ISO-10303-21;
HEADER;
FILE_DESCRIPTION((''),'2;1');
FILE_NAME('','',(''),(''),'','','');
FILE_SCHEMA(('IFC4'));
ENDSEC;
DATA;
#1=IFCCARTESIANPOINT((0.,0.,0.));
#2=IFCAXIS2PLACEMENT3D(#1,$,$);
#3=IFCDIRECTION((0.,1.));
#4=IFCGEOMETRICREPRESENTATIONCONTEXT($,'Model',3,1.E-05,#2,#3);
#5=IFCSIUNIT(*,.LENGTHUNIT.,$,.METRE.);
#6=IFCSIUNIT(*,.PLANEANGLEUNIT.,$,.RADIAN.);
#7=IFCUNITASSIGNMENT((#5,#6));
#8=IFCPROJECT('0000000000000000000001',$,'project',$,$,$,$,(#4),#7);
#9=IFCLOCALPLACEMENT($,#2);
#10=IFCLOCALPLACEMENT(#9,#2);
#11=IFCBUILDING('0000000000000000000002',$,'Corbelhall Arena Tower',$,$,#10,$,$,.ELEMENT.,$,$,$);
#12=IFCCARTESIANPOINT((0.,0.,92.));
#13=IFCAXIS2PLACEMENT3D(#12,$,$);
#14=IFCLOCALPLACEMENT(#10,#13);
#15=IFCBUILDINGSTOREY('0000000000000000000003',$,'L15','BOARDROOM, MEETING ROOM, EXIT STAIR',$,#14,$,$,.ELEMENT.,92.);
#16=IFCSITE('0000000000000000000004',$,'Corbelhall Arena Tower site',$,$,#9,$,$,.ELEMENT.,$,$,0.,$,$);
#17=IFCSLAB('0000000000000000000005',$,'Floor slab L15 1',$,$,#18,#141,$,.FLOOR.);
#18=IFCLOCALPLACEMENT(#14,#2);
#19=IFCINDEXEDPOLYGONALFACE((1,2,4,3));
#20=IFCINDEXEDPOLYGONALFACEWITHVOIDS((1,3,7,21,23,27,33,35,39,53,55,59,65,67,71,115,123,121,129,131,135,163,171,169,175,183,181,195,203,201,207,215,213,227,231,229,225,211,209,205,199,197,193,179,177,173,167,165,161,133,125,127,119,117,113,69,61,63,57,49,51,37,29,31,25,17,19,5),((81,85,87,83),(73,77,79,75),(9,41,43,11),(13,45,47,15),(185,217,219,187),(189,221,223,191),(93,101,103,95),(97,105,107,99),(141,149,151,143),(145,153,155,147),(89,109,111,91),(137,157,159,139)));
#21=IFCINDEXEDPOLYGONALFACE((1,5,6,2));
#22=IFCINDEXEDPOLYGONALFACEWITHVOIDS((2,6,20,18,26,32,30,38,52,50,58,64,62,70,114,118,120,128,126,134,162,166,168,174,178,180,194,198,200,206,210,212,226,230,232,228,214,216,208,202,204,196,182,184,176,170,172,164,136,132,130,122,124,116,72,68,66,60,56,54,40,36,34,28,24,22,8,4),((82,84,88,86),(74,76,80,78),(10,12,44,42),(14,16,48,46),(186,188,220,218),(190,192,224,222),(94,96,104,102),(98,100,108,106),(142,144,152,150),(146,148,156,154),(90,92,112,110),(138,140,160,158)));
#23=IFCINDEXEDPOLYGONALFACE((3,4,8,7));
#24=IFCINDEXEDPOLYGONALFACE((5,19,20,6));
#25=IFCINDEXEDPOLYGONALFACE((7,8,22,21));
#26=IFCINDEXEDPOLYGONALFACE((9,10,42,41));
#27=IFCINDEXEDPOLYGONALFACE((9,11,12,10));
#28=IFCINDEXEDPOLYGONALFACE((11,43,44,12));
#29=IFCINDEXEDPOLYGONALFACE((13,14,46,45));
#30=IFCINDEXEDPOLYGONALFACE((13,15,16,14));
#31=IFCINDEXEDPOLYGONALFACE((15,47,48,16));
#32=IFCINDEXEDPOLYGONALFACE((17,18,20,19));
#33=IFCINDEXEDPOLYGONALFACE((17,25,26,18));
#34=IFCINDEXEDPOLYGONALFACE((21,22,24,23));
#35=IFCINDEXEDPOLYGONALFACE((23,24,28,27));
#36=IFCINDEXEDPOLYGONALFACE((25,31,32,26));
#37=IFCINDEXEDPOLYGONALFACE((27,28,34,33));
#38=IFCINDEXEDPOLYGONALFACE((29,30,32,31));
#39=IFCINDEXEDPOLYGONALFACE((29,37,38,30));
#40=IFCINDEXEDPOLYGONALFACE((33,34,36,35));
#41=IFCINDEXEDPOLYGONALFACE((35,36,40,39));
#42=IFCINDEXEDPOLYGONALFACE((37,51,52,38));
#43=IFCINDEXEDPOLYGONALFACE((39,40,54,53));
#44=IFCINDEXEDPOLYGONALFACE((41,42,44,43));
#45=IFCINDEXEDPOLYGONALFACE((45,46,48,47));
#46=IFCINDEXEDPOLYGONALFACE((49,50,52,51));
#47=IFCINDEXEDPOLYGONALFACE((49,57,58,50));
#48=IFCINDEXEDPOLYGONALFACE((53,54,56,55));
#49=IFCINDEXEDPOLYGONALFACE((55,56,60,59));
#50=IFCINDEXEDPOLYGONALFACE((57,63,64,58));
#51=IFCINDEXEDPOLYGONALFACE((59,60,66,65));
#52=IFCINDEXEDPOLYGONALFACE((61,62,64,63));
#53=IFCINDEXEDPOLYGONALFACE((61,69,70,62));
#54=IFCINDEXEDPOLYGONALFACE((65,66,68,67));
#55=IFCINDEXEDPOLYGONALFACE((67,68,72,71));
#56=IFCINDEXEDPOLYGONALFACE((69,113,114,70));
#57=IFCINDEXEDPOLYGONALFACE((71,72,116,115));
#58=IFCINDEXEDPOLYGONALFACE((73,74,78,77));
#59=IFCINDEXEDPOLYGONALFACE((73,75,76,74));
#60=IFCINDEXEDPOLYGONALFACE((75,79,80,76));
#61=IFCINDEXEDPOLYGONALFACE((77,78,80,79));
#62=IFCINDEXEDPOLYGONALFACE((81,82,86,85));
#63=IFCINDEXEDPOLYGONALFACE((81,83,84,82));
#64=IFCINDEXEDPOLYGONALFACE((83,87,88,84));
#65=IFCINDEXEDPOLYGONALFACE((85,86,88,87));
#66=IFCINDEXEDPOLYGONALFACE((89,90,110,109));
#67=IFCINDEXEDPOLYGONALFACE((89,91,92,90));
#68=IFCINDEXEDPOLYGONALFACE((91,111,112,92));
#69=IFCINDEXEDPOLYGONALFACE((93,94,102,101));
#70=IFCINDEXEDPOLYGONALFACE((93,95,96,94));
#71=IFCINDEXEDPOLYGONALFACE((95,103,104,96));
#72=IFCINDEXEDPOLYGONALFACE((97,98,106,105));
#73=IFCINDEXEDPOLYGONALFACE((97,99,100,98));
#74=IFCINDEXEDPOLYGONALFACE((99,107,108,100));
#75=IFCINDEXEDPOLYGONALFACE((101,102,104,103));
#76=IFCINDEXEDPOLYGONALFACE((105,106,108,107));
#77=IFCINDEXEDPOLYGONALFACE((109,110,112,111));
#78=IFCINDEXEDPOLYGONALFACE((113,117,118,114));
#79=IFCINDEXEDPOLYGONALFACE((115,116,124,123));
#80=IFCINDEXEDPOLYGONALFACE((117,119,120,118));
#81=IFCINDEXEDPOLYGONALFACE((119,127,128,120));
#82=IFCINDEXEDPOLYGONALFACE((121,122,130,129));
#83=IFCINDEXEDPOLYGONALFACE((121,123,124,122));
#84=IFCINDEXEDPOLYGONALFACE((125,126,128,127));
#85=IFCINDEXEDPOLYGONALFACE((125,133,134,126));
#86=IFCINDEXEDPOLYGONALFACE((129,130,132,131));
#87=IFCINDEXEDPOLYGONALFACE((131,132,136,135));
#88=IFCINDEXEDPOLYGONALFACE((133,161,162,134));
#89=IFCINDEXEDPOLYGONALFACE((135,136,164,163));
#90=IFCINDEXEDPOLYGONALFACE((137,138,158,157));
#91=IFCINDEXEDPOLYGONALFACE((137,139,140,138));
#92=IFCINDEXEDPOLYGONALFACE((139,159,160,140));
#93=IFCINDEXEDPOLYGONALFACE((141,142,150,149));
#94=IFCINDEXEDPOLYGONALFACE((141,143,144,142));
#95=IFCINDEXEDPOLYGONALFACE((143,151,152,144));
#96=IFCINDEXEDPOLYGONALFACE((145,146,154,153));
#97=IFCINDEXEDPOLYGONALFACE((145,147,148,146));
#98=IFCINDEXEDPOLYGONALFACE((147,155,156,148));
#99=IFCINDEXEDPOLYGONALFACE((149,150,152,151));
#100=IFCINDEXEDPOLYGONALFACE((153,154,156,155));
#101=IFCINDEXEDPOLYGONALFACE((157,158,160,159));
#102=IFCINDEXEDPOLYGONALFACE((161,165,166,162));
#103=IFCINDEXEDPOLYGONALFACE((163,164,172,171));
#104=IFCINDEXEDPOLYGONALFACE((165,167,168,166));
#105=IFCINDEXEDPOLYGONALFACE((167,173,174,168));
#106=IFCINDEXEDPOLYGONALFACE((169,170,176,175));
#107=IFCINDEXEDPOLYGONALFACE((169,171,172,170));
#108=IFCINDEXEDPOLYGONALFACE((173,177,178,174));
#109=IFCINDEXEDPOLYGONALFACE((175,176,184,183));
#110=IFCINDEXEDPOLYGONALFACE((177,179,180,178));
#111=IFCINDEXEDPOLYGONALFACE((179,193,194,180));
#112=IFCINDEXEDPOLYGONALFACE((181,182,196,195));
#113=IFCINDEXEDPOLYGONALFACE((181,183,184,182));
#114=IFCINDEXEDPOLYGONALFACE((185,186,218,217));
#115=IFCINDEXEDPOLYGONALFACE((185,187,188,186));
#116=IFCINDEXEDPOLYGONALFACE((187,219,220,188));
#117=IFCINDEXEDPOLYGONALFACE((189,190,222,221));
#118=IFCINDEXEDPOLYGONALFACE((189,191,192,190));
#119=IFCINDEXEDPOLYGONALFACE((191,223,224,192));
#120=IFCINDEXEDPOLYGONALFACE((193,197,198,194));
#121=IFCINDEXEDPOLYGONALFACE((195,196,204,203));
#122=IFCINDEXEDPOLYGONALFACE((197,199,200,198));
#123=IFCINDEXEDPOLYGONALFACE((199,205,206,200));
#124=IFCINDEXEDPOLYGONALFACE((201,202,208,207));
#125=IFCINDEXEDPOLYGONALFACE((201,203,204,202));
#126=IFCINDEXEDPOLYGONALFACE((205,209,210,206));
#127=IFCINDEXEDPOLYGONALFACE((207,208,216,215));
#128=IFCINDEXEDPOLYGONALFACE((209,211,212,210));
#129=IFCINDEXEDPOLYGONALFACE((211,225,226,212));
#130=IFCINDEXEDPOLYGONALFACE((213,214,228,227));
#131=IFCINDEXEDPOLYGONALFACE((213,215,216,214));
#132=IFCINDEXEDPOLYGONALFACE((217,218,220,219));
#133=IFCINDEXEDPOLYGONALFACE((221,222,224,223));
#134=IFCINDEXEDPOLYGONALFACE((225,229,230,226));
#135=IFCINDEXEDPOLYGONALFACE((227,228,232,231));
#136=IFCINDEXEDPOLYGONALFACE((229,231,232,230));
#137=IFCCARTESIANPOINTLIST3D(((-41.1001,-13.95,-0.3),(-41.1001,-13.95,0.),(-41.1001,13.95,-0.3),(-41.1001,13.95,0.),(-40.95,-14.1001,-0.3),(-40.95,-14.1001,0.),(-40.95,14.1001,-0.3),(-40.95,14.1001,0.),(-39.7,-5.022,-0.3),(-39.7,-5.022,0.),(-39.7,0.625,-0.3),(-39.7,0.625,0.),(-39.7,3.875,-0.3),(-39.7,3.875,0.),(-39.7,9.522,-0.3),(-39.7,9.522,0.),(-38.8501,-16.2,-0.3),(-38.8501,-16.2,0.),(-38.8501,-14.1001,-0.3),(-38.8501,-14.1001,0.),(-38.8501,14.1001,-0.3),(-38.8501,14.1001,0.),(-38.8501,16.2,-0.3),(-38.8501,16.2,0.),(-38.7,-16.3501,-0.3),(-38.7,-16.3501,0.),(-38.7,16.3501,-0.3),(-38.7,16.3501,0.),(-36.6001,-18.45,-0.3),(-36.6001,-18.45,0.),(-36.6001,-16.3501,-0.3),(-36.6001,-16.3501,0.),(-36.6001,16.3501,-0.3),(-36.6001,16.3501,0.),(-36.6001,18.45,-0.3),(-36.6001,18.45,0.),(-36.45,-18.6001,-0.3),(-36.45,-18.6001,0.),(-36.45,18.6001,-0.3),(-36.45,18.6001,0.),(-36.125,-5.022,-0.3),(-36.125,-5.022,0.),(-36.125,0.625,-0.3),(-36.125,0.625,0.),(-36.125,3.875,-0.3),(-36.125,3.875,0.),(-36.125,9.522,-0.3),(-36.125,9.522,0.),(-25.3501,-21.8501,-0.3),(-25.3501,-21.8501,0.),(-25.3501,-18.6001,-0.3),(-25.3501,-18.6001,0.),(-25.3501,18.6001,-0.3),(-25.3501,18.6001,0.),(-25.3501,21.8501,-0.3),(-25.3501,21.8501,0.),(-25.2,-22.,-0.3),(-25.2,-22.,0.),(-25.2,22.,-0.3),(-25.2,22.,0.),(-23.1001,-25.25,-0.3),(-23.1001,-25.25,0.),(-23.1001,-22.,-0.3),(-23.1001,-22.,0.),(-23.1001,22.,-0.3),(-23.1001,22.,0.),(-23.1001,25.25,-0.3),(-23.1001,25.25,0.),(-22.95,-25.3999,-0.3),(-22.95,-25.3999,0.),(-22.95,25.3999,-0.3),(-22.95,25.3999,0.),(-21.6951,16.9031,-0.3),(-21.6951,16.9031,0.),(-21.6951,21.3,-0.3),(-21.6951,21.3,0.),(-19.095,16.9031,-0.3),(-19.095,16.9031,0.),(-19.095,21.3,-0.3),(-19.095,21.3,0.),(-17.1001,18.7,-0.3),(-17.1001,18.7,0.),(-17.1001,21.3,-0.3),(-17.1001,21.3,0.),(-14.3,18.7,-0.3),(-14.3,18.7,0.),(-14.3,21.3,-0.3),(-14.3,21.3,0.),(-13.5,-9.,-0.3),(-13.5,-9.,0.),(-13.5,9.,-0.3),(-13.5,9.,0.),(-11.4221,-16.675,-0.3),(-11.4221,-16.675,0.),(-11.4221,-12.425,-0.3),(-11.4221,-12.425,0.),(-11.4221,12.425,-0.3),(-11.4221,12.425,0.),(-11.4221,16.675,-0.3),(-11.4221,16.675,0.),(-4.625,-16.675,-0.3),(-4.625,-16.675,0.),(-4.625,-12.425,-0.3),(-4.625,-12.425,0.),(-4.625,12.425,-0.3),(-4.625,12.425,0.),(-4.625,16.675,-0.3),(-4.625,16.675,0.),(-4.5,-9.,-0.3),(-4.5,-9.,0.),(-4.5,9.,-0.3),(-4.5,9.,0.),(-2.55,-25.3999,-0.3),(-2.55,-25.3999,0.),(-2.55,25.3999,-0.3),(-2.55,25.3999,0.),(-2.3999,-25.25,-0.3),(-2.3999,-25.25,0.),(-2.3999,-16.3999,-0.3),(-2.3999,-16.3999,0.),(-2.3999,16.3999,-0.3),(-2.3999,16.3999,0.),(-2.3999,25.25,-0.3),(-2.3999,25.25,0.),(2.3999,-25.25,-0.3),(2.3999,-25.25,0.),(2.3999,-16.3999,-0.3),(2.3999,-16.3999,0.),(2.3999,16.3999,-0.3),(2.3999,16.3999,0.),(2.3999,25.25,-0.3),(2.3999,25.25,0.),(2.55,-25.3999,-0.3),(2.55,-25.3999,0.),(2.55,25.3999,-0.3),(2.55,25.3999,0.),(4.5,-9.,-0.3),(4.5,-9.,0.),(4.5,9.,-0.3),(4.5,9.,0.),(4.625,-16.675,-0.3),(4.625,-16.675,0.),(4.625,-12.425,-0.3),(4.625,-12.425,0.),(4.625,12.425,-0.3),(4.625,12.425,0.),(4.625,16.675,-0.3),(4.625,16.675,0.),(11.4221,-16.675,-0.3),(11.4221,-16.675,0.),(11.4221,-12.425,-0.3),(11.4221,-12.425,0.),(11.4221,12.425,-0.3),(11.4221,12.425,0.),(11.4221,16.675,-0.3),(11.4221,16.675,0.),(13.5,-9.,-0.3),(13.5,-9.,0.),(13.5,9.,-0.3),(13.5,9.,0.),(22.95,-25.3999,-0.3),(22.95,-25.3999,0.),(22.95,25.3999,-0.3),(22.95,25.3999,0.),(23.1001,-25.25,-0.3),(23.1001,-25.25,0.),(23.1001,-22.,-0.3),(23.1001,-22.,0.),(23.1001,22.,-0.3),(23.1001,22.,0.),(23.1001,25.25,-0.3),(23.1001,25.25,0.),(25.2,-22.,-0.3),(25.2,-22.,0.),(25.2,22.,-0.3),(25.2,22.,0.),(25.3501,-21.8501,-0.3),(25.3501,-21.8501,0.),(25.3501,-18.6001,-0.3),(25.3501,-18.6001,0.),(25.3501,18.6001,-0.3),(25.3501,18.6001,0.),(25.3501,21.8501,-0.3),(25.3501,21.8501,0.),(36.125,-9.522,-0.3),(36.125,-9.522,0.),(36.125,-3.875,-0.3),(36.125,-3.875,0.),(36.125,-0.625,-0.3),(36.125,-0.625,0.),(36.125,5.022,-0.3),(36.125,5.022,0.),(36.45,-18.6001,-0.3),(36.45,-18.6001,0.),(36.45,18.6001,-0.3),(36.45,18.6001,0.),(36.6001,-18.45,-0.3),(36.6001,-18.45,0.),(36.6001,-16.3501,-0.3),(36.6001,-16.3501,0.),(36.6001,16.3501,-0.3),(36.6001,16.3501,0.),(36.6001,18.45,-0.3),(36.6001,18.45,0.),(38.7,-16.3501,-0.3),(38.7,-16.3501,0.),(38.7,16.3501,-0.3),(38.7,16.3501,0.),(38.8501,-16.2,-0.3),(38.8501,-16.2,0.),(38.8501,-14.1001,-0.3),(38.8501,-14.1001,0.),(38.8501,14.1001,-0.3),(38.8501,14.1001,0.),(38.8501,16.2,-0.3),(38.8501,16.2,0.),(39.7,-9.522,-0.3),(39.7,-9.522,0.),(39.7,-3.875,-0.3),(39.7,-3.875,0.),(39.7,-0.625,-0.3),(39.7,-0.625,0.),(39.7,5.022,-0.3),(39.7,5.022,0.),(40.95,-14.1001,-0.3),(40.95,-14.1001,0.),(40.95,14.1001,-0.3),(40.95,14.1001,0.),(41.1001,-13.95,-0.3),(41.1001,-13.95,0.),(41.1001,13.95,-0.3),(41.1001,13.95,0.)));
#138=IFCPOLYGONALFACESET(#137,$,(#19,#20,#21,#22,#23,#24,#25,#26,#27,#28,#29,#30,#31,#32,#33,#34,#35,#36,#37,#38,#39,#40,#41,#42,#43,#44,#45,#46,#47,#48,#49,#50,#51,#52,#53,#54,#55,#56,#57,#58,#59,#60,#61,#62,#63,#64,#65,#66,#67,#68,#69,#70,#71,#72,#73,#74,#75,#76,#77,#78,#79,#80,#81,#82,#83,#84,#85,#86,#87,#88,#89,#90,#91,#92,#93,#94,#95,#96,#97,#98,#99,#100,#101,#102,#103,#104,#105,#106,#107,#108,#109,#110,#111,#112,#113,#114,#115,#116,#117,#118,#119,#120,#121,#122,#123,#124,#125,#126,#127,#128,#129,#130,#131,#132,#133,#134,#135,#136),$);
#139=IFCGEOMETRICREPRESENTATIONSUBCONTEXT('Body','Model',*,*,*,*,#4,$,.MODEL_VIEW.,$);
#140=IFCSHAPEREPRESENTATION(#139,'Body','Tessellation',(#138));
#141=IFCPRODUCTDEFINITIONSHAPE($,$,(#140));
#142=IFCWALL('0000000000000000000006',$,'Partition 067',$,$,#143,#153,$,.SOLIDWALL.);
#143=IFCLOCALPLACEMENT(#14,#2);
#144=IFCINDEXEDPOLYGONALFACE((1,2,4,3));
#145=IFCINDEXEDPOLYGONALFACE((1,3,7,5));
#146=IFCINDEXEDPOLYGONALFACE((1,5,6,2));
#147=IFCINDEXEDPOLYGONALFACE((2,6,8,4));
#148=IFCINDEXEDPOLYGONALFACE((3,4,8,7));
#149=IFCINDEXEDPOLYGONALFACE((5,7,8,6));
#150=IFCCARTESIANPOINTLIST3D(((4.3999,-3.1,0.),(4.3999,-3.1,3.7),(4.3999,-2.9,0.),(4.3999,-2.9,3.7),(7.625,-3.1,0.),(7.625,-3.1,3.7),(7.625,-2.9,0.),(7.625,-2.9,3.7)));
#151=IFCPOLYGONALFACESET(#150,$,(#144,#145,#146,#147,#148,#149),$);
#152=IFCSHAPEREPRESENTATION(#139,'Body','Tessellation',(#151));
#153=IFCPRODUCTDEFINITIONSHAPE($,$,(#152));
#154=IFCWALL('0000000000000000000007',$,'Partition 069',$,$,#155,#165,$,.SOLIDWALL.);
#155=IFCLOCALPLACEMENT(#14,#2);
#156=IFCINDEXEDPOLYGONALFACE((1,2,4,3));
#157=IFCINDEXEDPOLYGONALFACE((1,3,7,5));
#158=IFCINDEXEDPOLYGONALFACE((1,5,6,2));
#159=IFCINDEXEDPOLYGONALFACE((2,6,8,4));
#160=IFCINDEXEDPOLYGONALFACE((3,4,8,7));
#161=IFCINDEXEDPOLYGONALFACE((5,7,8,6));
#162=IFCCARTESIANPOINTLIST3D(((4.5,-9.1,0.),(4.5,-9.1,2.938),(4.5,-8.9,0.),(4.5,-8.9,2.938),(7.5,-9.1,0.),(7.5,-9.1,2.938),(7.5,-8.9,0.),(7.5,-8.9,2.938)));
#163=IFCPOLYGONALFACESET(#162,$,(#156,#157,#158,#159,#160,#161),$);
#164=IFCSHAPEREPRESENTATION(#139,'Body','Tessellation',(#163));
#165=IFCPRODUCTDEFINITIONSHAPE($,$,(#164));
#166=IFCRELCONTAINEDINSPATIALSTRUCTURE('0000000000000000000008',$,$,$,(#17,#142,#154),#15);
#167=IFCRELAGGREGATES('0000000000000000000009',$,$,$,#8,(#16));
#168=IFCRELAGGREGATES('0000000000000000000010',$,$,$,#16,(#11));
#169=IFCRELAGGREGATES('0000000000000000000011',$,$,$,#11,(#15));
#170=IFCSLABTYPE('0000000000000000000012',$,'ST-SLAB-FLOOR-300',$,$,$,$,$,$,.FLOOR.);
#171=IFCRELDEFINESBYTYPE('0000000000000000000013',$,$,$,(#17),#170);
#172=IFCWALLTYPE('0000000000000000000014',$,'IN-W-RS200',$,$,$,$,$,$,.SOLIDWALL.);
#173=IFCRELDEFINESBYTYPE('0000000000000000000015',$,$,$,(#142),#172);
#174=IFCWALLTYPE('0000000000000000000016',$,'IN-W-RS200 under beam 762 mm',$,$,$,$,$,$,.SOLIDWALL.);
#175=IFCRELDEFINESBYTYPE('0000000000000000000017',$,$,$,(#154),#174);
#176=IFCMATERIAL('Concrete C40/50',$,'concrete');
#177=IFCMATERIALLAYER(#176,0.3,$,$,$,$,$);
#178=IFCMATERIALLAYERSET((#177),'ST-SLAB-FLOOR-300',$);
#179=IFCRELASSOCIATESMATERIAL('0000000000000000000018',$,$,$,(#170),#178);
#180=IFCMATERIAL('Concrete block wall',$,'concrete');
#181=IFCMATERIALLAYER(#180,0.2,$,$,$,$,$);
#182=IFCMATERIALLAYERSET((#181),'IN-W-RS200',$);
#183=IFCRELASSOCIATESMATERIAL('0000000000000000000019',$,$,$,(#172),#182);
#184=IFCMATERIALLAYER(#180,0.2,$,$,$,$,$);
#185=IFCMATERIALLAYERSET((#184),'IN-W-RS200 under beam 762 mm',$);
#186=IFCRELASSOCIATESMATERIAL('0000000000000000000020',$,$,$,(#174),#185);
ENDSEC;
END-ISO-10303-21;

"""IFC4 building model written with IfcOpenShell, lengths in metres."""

from ifc_helpers import new_model, si_unit, direction, frame, frame_2d, origin, place, context, subcontext, project, spatial, polyline, rectangle, outline, extrude, material, layer, layer_set, type_object, element, save


model = new_model("IFC4")

# Units and contexts
model_context = context("Model", 3, precision=1e-05, world=origin(), true_north=direction((0.0, 1.0)))
body_context = subcontext(model_context, "Body", "Model", "MODEL_VIEW")
ifc_project = project(units=[si_unit("LENGTHUNIT", "METRE"), si_unit("PLANEANGLEUNIT", "RADIAN")], contexts=[model_context])

# Site, building, storey
site_placement = place(None, origin())
site = spatial("IfcSite", under=ifc_project, at=site_placement, Name="Corbelhall Arena Tower site", CompositionType="ELEMENT", RefElevation=0.0)
building_placement = place(site_placement, origin())
building = spatial("IfcBuilding", under=site, at=building_placement, Name="Corbelhall Arena Tower", CompositionType="ELEMENT")
storey_placement = place(building_placement, frame((0.0, 0.0, 92.0)))
storey = spatial("IfcBuildingStorey", under=building, at=storey_placement, Name="L15", Description="BOARDROOM, MEETING ROOM, EXIT STAIR", CompositionType="ELEMENT", Elevation=92.0)

# Shared definitions
ifc_material_1 = material(Name="Concrete C40/50", Category="concrete")

# Slab
ifc_layer_1 = layer(ifc_material_1, 0.3)
ifc_layer_set_1 = layer_set([ifc_layer_1], Name="ST-SLAB-FLOOR-300")
slab_type_1 = type_object("IfcSlabType", Name="ST-SLAB-FLOOR-300", PredefinedType="FLOOR", material=ifc_layer_set_1)
slab_1_placement = place(storey_placement, frame((0.0, 0.0, -0.3)))
element("IfcSlab", 1, at=slab_1_placement, inside=storey, type_object=slab_type_1, Name="Floor slab L15 1", PredefinedType="FLOOR", context=body_context, shape_type="SweptSolid", body=[
    extrude(outline(polyline([(25.3501, 18.6001), (25.3501, 21.8501), (25.2, 22.0), (23.1001, 22.0), (23.1001, 25.25), (22.95, 25.3999), (2.55, 25.3999), (2.3999, 25.25), (2.3999, 16.3999), (-2.3999, 16.3999), (-2.3999, 25.25), (-2.55, 25.3999), (-22.95, 25.3999), (-23.1001, 25.25), (-23.1001, 22.0), (-25.2, 22.0), (-25.3501, 21.8501), (-25.3501, 18.6001), (-36.45, 18.6001), (-36.6001, 18.45), (-36.6001, 16.3501), (-38.7, 16.3501), (-38.8501, 16.2), (-38.8501, 14.1001), (-40.95, 14.1001), (-41.1001, 13.95), (-41.1001, -13.95), (-40.95, -14.1001), (-38.8501, -14.1001), (-38.8501, -16.2), (-38.7, -16.3501), (-36.6001, -16.3501), (-36.6001, -18.45), (-36.45, -18.6001), (-25.3501, -18.6001), (-25.3501, -21.8501), (-25.2, -22.0), (-23.1001, -22.0), (-23.1001, -25.25), (-22.95, -25.3999), (-2.55, -25.3999), (-2.3999, -25.25), (-2.3999, -16.3999), (2.3999, -16.3999), (2.3999, -25.25), (2.55, -25.3999), (22.95, -25.3999), (23.1001, -25.25), (23.1001, -22.0), (25.2, -22.0), (25.3501, -21.8501), (25.3501, -18.6001), (36.45, -18.6001), (36.6001, -18.45), (36.6001, -16.3501), (38.7, -16.3501), (38.8501, -16.2), (38.8501, -14.1001), (40.95, -14.1001), (41.1001, -13.95), (41.1001, 13.95), (40.95, 14.1001), (38.8501, 14.1001), (38.8501, 16.2), (38.7, 16.3501), (36.6001, 16.3501), (36.6001, 18.45), (36.45, 18.6001), (25.3501, 18.6001)]), holes=[polyline([(-13.5, 9.0), (-13.5, -9.0), (-4.5, -9.0), (-4.5, 9.0), (-13.5, 9.0)]), polyline([(4.5, 9.0), (4.5, -9.0), (13.5, -9.0), (13.5, 9.0), (4.5, 9.0)]), polyline([(-4.625, 16.675), (-11.4221, 16.675), (-11.4221, 12.425), (-4.625, 12.425), (-4.625, 16.675)]), polyline([(-4.625, -16.675), (-4.625, -12.425), (-11.4221, -12.425), (-11.4221, -16.675), (-4.625, -16.675)]), polyline([(11.4221, 16.675), (4.625, 16.675), (4.625, 12.425), (11.4221, 12.425), (11.4221, 16.675)]), polyline([(11.4221, -16.675), (11.4221, -12.425), (4.625, -12.425), (4.625, -16.675), (11.4221, -16.675)]), polyline([(-36.125, 3.875), (-36.125, 9.522), (-39.7, 9.522), (-39.7, 3.875), (-36.125, 3.875)]), polyline([(-36.125, 0.625), (-39.7, 0.625), (-39.7, -5.022), (-36.125, -5.022), (-36.125, 0.625)]), polyline([(39.7, -9.522), (39.7, -3.875), (36.125, -3.875), (36.125, -9.522), (39.7, -9.522)]), polyline([(39.7, 5.022), (36.125, 5.022), (36.125, -0.625), (39.7, -0.625), (39.7, 5.022)]), polyline([(-21.6951, 21.3), (-21.6951, 16.9031), (-19.095, 16.9031), (-19.095, 21.3), (-21.6951, 21.3)]), polyline([(-14.3, 21.3), (-17.1001, 21.3), (-17.1001, 18.7), (-14.3, 18.7), (-14.3, 21.3)])]), origin(), (0.0, 0.0, 1.0), 0.3),
])

# Wall
ifc_material_2 = material(Name="Concrete block wall", Category="concrete")
ifc_layer_2 = layer(ifc_material_2, 0.2)
ifc_layer_set_2 = layer_set([ifc_layer_2], Name="IN-W-RS200")
wall_type_1 = type_object("IfcWallType", Name="IN-W-RS200", PredefinedType="SOLIDWALL", material=ifc_layer_set_2)
wall_1_placement = place(storey_placement, frame((4.3999, -3.0, 0.0), z_axis=(0.0, 0.0, 1.0), x_axis=(1.0, 0.0, 0.0)))
element("IfcWall", 2, at=wall_1_placement, inside=storey, type_object=wall_type_1, Name="Partition 067", PredefinedType="SOLIDWALL", context=body_context, shape_type="SweptSolid", body=[
    extrude(rectangle(XDim=3.2251, YDim=0.2, at=frame_2d((1.6125, 0.0))), origin(), (0.0, 0.0, 1.0), 3.7),
])

# Shared definitions
ifc_layer_3 = layer(ifc_material_2, 0.2)
ifc_layer_set_3 = layer_set([ifc_layer_3], Name="IN-W-RS200 under beam 762 mm")
wall_type_2 = type_object("IfcWallType", Name="IN-W-RS200 under beam 762 mm", PredefinedType="SOLIDWALL", material=ifc_layer_set_3)

# Wall
wall_2_placement = place(storey_placement, frame((7.5, -9.0, 0.0), z_axis=(0.0, 0.0, 1.0), x_axis=(-1.0, 0.0, 0.0)))
element("IfcWall", 3, at=wall_2_placement, inside=storey, type_object=wall_type_2, Name="Partition 069", PredefinedType="SOLIDWALL", context=body_context, shape_type="SweptSolid", body=[
    extrude(rectangle(XDim=3.0, YDim=0.2, at=frame_2d((1.5, 0.0))), origin(), (0.0, 0.0, 1.0), 2.938),
])

save(model, "model.ifc")
